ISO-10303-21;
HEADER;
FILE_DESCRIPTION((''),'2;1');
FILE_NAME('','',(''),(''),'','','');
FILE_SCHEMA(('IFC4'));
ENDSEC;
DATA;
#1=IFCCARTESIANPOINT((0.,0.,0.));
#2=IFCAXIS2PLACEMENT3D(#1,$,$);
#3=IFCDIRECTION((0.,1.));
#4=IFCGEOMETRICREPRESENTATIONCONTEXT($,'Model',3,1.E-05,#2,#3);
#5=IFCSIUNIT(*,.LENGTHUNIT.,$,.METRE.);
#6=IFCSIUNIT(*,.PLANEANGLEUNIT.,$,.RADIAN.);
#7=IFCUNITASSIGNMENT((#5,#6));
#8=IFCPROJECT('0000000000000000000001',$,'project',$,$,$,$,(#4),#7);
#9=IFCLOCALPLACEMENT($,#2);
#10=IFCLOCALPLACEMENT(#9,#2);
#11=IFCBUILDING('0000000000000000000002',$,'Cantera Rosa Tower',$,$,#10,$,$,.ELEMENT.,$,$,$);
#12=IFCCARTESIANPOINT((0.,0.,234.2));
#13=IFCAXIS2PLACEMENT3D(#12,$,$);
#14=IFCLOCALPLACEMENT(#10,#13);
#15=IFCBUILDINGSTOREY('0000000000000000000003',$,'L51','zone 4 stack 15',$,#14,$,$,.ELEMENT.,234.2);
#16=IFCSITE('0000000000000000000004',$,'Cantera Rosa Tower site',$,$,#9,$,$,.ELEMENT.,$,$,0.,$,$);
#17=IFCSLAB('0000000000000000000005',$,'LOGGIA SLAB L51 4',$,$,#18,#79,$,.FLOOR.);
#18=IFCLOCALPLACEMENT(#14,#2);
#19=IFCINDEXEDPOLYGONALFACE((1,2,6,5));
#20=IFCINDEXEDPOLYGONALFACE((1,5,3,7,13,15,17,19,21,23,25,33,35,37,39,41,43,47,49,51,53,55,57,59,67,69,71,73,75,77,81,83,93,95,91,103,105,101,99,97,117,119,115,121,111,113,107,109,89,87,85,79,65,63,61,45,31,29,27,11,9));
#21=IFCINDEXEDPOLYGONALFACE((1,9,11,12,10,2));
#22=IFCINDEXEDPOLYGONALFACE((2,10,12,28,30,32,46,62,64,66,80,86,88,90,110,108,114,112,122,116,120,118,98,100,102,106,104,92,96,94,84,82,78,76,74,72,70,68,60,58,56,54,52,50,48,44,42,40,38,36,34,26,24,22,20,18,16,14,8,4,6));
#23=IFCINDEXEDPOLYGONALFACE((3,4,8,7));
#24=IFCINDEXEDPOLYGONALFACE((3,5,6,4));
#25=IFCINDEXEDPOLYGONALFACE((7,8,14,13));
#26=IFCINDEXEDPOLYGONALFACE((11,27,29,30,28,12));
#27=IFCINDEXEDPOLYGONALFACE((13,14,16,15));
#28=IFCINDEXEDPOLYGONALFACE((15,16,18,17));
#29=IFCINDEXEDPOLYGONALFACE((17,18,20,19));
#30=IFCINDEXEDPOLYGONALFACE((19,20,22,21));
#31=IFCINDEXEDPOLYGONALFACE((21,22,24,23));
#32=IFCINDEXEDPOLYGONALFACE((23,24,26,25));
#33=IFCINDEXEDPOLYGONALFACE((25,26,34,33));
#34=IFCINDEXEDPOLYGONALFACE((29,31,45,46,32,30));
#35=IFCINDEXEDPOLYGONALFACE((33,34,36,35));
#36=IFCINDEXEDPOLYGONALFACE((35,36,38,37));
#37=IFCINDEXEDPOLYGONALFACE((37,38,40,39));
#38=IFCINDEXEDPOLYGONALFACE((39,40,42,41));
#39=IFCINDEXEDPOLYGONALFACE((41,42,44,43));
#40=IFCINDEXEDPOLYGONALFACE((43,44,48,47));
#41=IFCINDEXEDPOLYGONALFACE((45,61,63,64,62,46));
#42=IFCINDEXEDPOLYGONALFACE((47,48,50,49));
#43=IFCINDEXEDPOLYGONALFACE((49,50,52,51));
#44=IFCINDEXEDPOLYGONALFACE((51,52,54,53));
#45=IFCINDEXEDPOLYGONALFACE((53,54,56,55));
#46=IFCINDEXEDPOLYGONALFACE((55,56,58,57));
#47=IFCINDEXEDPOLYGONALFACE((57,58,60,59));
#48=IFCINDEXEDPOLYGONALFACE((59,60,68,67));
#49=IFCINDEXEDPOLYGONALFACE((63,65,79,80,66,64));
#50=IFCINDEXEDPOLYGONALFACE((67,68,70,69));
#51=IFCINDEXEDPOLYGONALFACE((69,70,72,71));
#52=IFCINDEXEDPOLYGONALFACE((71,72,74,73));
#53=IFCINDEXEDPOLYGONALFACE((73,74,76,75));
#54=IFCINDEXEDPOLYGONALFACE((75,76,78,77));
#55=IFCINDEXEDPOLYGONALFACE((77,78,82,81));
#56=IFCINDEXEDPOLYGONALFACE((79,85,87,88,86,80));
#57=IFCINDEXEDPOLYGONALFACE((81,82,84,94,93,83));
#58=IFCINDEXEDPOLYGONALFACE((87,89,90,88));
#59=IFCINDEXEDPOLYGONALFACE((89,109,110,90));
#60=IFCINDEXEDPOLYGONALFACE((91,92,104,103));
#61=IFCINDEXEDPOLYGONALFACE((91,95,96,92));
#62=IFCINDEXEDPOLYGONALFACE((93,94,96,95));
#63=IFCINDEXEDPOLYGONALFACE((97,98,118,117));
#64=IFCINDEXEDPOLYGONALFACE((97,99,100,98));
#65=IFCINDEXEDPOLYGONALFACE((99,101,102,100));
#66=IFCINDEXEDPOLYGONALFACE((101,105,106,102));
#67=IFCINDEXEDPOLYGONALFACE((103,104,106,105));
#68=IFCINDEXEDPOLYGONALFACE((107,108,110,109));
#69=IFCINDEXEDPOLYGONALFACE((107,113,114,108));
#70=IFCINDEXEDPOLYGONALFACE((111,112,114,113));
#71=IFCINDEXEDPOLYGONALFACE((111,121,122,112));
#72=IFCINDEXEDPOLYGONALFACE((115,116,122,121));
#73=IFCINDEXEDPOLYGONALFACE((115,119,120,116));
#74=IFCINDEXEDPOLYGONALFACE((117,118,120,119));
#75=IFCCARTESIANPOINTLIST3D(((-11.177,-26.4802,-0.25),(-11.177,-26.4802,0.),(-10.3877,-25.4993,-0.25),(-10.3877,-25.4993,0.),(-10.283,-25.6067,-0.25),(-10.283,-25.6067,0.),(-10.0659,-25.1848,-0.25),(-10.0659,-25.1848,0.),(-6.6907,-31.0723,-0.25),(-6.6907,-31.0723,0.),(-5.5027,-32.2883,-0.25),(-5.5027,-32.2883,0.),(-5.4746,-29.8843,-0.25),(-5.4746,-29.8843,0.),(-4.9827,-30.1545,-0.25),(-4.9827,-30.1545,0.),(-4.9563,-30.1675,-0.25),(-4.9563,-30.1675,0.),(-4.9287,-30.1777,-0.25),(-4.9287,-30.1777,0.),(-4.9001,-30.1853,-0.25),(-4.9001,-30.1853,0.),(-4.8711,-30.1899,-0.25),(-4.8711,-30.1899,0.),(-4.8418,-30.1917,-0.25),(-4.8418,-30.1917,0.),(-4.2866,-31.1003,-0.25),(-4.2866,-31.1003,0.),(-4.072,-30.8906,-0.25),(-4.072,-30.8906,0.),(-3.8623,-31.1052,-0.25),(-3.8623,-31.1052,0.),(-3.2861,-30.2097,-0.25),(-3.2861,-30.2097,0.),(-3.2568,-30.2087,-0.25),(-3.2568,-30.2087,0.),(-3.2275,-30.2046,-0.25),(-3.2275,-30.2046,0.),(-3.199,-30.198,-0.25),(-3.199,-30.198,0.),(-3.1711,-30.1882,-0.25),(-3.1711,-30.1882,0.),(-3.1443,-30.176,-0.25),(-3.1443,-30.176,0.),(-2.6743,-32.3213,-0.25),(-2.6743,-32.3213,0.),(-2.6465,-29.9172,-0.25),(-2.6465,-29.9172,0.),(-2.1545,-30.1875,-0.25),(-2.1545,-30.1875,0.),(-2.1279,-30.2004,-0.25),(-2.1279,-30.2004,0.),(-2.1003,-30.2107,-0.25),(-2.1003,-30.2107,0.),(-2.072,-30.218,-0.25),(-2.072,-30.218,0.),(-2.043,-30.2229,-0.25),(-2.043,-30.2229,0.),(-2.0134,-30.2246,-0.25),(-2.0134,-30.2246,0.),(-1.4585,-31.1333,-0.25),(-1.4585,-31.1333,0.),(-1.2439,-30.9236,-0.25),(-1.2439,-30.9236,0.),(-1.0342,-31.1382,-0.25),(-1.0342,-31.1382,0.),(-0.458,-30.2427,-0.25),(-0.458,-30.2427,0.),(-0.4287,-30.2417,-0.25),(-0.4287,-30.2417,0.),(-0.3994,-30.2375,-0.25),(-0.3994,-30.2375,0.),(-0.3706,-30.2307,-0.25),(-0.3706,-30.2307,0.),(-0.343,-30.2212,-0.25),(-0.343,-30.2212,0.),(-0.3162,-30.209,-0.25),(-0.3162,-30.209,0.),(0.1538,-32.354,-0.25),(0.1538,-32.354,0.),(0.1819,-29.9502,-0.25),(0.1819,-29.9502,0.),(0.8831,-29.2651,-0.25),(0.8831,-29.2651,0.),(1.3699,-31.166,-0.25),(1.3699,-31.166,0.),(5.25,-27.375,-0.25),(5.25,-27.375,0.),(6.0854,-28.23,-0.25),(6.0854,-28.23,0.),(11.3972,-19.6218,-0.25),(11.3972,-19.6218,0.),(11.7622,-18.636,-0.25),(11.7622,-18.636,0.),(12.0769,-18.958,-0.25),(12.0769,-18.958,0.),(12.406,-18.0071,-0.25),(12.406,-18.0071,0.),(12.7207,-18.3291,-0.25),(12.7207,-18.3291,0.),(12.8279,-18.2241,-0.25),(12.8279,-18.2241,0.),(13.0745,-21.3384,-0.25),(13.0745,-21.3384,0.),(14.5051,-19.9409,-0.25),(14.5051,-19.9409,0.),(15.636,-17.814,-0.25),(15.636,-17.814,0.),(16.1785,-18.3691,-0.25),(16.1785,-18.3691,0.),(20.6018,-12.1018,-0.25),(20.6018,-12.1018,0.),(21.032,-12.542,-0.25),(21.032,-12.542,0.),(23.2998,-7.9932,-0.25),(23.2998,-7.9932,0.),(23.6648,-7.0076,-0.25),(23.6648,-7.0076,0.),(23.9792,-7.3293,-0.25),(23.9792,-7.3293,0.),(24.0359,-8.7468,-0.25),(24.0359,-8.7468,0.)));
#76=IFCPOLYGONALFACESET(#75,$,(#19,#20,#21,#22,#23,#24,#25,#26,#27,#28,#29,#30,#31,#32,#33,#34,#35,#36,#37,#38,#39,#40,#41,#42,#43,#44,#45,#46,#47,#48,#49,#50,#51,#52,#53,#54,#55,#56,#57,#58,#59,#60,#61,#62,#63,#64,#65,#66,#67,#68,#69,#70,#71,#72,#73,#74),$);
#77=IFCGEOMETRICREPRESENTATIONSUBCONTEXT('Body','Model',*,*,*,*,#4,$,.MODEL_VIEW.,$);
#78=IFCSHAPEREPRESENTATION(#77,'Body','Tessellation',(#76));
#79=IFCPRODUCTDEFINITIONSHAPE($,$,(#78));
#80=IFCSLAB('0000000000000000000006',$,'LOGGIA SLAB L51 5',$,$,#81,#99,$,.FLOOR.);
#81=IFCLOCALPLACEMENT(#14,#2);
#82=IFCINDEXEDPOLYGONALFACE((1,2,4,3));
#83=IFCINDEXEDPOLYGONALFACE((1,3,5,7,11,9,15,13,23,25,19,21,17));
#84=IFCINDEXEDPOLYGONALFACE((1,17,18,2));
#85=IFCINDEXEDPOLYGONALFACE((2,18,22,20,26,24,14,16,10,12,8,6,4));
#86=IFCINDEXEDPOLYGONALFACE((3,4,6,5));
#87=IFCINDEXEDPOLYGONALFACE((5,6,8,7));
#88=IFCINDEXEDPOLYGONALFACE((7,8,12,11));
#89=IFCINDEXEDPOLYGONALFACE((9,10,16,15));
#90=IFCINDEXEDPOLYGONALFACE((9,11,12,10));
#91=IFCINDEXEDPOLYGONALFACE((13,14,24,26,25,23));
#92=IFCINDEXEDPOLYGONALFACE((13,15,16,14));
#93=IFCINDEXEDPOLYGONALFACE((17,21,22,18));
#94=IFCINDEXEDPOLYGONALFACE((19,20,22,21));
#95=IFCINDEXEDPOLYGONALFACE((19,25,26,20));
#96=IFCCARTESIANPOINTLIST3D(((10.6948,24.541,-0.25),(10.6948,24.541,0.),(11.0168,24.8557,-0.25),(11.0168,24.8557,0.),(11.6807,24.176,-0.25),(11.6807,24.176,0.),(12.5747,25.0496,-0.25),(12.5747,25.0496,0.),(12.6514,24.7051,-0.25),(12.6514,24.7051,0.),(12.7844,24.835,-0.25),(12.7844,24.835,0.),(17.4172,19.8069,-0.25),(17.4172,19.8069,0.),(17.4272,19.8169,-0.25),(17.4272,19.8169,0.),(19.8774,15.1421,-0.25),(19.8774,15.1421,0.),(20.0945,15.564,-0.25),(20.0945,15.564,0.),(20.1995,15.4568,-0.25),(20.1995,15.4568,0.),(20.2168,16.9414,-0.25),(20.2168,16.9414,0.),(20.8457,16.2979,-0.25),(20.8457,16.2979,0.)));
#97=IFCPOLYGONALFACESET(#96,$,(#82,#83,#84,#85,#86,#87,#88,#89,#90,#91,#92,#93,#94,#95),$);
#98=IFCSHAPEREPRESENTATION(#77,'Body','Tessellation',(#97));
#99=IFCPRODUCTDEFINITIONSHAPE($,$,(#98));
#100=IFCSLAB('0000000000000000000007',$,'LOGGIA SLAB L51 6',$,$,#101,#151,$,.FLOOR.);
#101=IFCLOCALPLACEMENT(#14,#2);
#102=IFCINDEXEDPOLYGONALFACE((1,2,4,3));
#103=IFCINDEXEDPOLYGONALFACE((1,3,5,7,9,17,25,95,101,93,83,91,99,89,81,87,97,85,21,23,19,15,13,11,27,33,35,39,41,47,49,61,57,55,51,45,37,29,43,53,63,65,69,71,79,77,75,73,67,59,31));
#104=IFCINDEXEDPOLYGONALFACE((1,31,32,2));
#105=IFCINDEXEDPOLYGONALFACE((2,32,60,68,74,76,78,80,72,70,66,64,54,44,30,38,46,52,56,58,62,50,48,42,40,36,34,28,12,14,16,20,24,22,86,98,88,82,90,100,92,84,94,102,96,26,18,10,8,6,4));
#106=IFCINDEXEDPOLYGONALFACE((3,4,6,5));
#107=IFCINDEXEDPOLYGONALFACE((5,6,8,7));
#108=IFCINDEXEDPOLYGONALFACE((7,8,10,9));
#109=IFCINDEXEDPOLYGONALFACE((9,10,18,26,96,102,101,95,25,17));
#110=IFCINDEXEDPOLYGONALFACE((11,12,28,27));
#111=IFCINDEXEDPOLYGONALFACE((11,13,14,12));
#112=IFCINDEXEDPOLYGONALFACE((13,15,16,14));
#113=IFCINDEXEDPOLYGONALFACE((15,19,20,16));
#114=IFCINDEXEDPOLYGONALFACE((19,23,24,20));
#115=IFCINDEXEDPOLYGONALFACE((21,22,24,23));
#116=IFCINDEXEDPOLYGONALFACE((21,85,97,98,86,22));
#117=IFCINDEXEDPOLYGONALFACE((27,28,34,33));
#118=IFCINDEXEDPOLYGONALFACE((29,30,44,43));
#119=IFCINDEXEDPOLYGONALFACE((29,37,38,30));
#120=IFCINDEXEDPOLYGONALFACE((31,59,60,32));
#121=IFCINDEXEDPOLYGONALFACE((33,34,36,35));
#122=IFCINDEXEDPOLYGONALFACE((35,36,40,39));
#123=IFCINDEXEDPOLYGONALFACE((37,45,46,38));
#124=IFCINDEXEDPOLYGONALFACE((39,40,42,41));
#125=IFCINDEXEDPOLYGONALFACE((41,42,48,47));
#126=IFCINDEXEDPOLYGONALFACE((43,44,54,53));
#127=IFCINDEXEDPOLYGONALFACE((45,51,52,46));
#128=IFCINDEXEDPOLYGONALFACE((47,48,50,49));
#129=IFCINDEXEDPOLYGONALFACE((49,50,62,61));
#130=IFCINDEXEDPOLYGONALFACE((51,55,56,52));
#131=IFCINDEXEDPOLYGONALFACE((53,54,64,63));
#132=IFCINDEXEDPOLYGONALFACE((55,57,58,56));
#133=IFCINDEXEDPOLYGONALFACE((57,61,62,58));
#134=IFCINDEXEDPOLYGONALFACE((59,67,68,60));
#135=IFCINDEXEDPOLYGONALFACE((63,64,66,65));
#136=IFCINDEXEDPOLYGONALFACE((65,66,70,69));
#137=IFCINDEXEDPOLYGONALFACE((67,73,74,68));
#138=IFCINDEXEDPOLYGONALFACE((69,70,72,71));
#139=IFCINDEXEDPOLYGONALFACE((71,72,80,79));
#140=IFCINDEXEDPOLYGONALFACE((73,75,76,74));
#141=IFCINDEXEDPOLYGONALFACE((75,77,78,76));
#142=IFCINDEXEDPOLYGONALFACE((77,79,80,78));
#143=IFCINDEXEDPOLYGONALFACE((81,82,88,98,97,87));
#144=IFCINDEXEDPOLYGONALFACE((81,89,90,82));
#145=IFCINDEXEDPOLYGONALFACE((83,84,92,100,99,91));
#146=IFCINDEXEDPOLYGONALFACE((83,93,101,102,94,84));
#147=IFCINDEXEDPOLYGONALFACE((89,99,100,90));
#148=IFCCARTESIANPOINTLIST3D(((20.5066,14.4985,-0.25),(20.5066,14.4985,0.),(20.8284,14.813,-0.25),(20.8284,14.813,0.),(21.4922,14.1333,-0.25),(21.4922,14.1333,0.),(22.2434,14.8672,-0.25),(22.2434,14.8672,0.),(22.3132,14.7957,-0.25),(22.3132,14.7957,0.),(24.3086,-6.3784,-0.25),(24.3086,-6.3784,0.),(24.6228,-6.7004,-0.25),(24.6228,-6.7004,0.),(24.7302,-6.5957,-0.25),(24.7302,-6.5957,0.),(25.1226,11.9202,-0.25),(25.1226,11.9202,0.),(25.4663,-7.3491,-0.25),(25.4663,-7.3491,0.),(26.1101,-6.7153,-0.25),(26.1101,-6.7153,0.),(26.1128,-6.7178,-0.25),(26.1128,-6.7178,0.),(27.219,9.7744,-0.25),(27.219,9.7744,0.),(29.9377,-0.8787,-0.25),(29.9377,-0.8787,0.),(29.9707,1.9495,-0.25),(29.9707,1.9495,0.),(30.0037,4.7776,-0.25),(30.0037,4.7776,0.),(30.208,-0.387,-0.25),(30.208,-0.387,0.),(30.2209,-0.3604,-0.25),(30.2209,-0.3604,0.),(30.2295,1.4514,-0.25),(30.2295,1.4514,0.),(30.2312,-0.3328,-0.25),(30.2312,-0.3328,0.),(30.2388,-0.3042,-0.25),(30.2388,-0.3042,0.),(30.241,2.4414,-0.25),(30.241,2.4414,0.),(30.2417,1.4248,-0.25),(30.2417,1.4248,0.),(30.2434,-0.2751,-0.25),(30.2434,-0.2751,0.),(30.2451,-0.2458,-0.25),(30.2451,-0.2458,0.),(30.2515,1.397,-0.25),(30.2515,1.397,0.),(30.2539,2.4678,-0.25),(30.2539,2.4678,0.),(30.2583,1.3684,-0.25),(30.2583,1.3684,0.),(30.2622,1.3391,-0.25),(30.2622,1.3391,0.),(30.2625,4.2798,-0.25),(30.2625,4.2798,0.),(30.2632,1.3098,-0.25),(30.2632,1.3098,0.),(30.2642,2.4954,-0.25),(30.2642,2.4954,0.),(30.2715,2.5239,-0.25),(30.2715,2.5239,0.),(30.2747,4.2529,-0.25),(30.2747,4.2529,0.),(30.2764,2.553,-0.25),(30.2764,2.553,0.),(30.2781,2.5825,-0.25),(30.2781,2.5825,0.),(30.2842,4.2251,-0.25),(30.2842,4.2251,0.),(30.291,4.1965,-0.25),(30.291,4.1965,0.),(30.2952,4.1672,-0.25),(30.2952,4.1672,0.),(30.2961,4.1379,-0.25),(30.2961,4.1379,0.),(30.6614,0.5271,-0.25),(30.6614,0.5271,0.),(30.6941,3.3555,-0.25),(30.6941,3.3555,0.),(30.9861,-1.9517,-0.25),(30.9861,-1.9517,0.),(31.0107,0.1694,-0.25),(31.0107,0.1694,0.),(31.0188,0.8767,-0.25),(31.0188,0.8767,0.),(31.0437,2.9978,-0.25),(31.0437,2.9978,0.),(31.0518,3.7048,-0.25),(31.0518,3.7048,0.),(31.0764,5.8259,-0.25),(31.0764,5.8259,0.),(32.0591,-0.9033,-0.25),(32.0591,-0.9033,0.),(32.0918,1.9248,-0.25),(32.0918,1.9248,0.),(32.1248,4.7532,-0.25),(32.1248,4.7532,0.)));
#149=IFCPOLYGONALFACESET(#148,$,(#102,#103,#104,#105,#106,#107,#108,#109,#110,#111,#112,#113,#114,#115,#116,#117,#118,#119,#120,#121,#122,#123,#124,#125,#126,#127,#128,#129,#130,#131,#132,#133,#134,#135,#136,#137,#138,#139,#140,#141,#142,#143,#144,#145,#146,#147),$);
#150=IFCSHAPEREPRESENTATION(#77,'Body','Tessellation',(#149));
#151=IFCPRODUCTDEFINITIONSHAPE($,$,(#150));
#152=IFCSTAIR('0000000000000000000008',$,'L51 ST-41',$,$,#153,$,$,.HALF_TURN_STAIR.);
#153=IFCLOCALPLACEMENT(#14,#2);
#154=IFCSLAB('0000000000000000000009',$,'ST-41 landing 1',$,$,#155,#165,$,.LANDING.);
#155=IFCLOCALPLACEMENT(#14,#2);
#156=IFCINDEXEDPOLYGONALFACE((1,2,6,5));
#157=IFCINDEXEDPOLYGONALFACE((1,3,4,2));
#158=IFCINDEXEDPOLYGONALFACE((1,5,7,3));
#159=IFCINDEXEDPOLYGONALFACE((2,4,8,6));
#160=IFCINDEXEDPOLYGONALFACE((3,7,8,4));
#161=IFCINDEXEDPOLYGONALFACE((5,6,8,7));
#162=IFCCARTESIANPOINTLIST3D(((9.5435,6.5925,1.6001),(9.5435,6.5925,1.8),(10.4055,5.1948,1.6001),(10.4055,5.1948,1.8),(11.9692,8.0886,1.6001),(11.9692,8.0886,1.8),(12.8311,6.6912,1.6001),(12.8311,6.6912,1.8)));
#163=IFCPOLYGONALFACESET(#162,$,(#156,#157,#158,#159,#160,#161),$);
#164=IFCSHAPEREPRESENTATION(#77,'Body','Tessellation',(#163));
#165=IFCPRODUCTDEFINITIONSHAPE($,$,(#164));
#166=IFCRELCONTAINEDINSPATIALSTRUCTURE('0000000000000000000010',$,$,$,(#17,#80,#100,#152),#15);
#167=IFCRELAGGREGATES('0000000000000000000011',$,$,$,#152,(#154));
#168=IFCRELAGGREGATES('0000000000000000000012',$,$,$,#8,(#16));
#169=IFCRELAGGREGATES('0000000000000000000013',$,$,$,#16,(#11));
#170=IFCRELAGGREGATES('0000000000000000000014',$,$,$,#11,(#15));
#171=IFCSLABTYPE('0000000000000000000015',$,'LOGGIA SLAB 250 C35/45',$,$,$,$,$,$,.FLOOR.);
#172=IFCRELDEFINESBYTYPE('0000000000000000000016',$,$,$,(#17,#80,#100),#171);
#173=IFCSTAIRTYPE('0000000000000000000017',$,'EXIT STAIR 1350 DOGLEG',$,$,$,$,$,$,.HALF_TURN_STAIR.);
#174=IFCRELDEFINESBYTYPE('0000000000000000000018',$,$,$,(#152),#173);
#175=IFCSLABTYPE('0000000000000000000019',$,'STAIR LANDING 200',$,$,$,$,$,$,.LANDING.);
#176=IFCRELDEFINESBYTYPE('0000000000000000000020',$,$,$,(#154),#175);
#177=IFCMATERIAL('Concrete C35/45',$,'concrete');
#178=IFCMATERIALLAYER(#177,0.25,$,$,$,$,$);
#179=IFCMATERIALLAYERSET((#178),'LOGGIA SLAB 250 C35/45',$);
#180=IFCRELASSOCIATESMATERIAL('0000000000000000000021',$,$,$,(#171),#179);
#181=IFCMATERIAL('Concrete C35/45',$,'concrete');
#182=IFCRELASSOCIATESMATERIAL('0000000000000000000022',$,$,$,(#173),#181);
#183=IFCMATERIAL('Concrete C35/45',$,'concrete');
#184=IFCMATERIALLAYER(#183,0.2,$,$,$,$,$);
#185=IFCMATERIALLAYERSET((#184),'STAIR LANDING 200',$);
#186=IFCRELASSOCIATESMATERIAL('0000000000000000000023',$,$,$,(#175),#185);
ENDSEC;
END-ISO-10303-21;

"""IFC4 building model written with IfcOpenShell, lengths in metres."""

from ifc_helpers import new_model, si_unit, direction, frame, origin, place, context, subcontext, project, spatial, polyline, outline, extrude, material, layer, layer_set, type_object, element, aggregate, save


model = new_model("IFC4")

# Units and contexts
model_context = context("Model", 3, precision=1e-05, world=origin(), true_north=direction((0.0, 1.0)))
body_context = subcontext(model_context, "Body", "Model", "MODEL_VIEW")
ifc_project = project(units=[si_unit("LENGTHUNIT", "METRE"), si_unit("PLANEANGLEUNIT", "RADIAN")], contexts=[model_context])

# Site, building, storey
site_placement = place(None, origin())
site = spatial("IfcSite", under=ifc_project, at=site_placement, Name="Cantera Rosa Tower site", CompositionType="ELEMENT", RefElevation=0.0)
building_placement = place(site_placement, origin())
building = spatial("IfcBuilding", under=site, at=building_placement, Name="Cantera Rosa Tower", CompositionType="ELEMENT")
storey_placement = place(building_placement, frame((0.0, 0.0, 234.2)))
storey = spatial("IfcBuildingStorey", under=building, at=storey_placement, Name="L51", Description="zone 4 stack 15", CompositionType="ELEMENT", Elevation=234.2)

# Slabs
ifc_material_1 = material(Name="Concrete C35/45", Category="concrete")
ifc_layer_1 = layer(ifc_material_1, 0.25)
ifc_layer_set_1 = layer_set([ifc_layer_1], Name="LOGGIA SLAB 250 C35/45")
slab_type_1 = type_object("IfcSlabType", Name="LOGGIA SLAB 250 C35/45", PredefinedType="FLOOR", material=ifc_layer_set_1)
slab_1_placement = place(storey_placement, frame((0.0, 0.0, -0.25)))
element("IfcSlab", 1, at=slab_1_placement, inside=storey, type_object=slab_type_1, Name="LOGGIA SLAB L51 4", PredefinedType="FLOOR", context=body_context, shape_type="SweptSolid", body=[
    extrude(outline(polyline([(1.3699, -31.166), (0.1538, -32.354), (-1.0342, -31.1382), (-1.2439, -30.9236), (-1.4585, -31.1333), (-2.6743, -32.3213), (-3.8623, -31.1052), (-4.072, -30.8906), (-4.2866, -31.1003), (-5.5027, -32.2883), (-6.6907, -31.0723), (-11.177, -26.4802), (-10.283, -25.6067), (-10.3877, -25.4993), (-10.0659, -25.1848), (-5.4746, -29.8843), (-4.9827, -30.1545), (-4.9563, -30.1675), (-4.9287, -30.1777), (-4.9001, -30.1853), (-4.8711, -30.1899), (-4.8418, -30.1917), (-3.2861, -30.2097), (-3.2568, -30.2087), (-3.2275, -30.2046), (-3.199, -30.198), (-3.1711, -30.1882), (-3.1443, -30.176), (-2.6465, -29.9172), (-2.1545, -30.1875), (-2.1279, -30.2004), (-2.1003, -30.2107), (-2.072, -30.218), (-2.043, -30.2229), (-2.0134, -30.2246), (-0.458, -30.2427), (-0.4287, -30.2417), (-0.3994, -30.2375), (-0.3706, -30.2307), (-0.343, -30.2212), (-0.3162, -30.209), (0.1819, -29.9502), (0.8831, -29.2651), (11.7622, -18.636), (12.0769, -18.958), (11.3972, -19.6218), (13.0745, -21.3384), (14.5051, -19.9409), (12.8279, -18.2241), (12.7207, -18.3291), (12.406, -18.0071), (23.6648, -7.0076), (23.9792, -7.3293), (23.2998, -7.9932), (24.0359, -8.7468), (20.6018, -12.1018), (21.032, -12.542), (15.636, -17.814), (16.1785, -18.3691), (6.0854, -28.23), (5.25, -27.375), (1.3699, -31.166)])), origin(), (0.0, 0.0, 1.0), 0.25),
])
slab_2_placement = place(storey_placement, frame((0.0, 0.0, -0.25)))
element("IfcSlab", 2, at=slab_2_placement, inside=storey, type_object=slab_type_1, Name="LOGGIA SLAB L51 5", PredefinedType="FLOOR", context=body_context, shape_type="SweptSolid", body=[
    extrude(outline(polyline([(17.4272, 19.8169), (17.4172, 19.8069), (20.2168, 16.9414), (20.8457, 16.2979), (20.0945, 15.564), (20.1995, 15.4568), (19.8774, 15.1421), (10.6948, 24.541), (11.0168, 24.8557), (11.6807, 24.176), (12.5747, 25.0496), (12.7844, 24.835), (12.6514, 24.7051), (17.4272, 19.8169)])), origin(), (0.0, 0.0, 1.0), 0.25),
])
slab_3_placement = place(storey_placement, frame((0.0, 0.0, -0.25)))
element("IfcSlab", 3, at=slab_3_placement, inside=storey, type_object=slab_type_1, Name="LOGGIA SLAB L51 6", PredefinedType="FLOOR", context=body_context, shape_type="SweptSolid", body=[
    extrude(outline(polyline([(27.219, 9.7744), (31.0764, 5.8259), (32.1248, 4.7532), (31.0518, 3.7048), (30.6941, 3.3555), (31.0437, 2.9978), (32.0918, 1.9248), (31.0188, 0.8767), (30.6614, 0.5271), (31.0107, 0.1694), (32.0591, -0.9033), (30.9861, -1.9517), (26.1101, -6.7153), (26.1128, -6.7178), (25.4663, -7.3491), (24.7302, -6.5957), (24.6228, -6.7004), (24.3086, -6.3784), (29.9377, -0.8787), (30.208, -0.387), (30.2209, -0.3604), (30.2312, -0.3328), (30.2388, -0.3042), (30.2434, -0.2751), (30.2451, -0.2458), (30.2632, 1.3098), (30.2622, 1.3391), (30.2583, 1.3684), (30.2515, 1.397), (30.2417, 1.4248), (30.2295, 1.4514), (29.9707, 1.9495), (30.241, 2.4414), (30.2539, 2.4678), (30.2642, 2.4954), (30.2715, 2.5239), (30.2764, 2.553), (30.2781, 2.5825), (30.2961, 4.1379), (30.2952, 4.1672), (30.291, 4.1965), (30.2842, 4.2251), (30.2747, 4.2529), (30.2625, 4.2798), (30.0037, 4.7776), (20.5066, 14.4985), (20.8284, 14.813), (21.4922, 14.1333), (22.2434, 14.8672), (22.3132, 14.7957), (25.1226, 11.9202), (27.219, 9.7744)])), origin(), (0.0, 0.0, 1.0), 0.25),
])

# Stair, slab
ifc_material_2 = material(Name="Concrete C35/45", Category="concrete")
stair_type = type_object("IfcStairType", Name="EXIT STAIR 1350 DOGLEG", PredefinedType="HALF_TURN_STAIR", material=ifc_material_2)
stair_1_placement = place(storey_placement, origin())
stair_1 = element("IfcStair", 4, at=stair_1_placement, inside=storey, type_object=stair_type, Name="L51 ST-41", PredefinedType="HALF_TURN_STAIR")
ifc_material_3 = material(Name="Concrete C35/45", Category="concrete")
ifc_layer_2 = layer(ifc_material_3, 0.2)
ifc_layer_set_2 = layer_set([ifc_layer_2], Name="STAIR LANDING 200")
slab_type_2 = type_object("IfcSlabType", Name="STAIR LANDING 200", PredefinedType="LANDING", material=ifc_layer_set_2)
slab_4_placement = place(storey_placement, frame((0.0, 0.0, 1.6001)))
slab_4 = element("IfcSlab", 5, at=slab_4_placement, type_object=slab_type_2, Name="ST-41 landing 1", PredefinedType="LANDING", context=body_context, shape_type="SweptSolid", body=[
    extrude(outline(polyline([(12.8311, 6.6912), (11.9692, 8.0886), (9.5435, 6.5925), (10.4055, 5.1948), (12.8311, 6.6912)])), origin(), (0.0, 0.0, 1.0), 0.2),
])
aggregate(stair_1, [slab_4])

save(model, "model.ifc")
